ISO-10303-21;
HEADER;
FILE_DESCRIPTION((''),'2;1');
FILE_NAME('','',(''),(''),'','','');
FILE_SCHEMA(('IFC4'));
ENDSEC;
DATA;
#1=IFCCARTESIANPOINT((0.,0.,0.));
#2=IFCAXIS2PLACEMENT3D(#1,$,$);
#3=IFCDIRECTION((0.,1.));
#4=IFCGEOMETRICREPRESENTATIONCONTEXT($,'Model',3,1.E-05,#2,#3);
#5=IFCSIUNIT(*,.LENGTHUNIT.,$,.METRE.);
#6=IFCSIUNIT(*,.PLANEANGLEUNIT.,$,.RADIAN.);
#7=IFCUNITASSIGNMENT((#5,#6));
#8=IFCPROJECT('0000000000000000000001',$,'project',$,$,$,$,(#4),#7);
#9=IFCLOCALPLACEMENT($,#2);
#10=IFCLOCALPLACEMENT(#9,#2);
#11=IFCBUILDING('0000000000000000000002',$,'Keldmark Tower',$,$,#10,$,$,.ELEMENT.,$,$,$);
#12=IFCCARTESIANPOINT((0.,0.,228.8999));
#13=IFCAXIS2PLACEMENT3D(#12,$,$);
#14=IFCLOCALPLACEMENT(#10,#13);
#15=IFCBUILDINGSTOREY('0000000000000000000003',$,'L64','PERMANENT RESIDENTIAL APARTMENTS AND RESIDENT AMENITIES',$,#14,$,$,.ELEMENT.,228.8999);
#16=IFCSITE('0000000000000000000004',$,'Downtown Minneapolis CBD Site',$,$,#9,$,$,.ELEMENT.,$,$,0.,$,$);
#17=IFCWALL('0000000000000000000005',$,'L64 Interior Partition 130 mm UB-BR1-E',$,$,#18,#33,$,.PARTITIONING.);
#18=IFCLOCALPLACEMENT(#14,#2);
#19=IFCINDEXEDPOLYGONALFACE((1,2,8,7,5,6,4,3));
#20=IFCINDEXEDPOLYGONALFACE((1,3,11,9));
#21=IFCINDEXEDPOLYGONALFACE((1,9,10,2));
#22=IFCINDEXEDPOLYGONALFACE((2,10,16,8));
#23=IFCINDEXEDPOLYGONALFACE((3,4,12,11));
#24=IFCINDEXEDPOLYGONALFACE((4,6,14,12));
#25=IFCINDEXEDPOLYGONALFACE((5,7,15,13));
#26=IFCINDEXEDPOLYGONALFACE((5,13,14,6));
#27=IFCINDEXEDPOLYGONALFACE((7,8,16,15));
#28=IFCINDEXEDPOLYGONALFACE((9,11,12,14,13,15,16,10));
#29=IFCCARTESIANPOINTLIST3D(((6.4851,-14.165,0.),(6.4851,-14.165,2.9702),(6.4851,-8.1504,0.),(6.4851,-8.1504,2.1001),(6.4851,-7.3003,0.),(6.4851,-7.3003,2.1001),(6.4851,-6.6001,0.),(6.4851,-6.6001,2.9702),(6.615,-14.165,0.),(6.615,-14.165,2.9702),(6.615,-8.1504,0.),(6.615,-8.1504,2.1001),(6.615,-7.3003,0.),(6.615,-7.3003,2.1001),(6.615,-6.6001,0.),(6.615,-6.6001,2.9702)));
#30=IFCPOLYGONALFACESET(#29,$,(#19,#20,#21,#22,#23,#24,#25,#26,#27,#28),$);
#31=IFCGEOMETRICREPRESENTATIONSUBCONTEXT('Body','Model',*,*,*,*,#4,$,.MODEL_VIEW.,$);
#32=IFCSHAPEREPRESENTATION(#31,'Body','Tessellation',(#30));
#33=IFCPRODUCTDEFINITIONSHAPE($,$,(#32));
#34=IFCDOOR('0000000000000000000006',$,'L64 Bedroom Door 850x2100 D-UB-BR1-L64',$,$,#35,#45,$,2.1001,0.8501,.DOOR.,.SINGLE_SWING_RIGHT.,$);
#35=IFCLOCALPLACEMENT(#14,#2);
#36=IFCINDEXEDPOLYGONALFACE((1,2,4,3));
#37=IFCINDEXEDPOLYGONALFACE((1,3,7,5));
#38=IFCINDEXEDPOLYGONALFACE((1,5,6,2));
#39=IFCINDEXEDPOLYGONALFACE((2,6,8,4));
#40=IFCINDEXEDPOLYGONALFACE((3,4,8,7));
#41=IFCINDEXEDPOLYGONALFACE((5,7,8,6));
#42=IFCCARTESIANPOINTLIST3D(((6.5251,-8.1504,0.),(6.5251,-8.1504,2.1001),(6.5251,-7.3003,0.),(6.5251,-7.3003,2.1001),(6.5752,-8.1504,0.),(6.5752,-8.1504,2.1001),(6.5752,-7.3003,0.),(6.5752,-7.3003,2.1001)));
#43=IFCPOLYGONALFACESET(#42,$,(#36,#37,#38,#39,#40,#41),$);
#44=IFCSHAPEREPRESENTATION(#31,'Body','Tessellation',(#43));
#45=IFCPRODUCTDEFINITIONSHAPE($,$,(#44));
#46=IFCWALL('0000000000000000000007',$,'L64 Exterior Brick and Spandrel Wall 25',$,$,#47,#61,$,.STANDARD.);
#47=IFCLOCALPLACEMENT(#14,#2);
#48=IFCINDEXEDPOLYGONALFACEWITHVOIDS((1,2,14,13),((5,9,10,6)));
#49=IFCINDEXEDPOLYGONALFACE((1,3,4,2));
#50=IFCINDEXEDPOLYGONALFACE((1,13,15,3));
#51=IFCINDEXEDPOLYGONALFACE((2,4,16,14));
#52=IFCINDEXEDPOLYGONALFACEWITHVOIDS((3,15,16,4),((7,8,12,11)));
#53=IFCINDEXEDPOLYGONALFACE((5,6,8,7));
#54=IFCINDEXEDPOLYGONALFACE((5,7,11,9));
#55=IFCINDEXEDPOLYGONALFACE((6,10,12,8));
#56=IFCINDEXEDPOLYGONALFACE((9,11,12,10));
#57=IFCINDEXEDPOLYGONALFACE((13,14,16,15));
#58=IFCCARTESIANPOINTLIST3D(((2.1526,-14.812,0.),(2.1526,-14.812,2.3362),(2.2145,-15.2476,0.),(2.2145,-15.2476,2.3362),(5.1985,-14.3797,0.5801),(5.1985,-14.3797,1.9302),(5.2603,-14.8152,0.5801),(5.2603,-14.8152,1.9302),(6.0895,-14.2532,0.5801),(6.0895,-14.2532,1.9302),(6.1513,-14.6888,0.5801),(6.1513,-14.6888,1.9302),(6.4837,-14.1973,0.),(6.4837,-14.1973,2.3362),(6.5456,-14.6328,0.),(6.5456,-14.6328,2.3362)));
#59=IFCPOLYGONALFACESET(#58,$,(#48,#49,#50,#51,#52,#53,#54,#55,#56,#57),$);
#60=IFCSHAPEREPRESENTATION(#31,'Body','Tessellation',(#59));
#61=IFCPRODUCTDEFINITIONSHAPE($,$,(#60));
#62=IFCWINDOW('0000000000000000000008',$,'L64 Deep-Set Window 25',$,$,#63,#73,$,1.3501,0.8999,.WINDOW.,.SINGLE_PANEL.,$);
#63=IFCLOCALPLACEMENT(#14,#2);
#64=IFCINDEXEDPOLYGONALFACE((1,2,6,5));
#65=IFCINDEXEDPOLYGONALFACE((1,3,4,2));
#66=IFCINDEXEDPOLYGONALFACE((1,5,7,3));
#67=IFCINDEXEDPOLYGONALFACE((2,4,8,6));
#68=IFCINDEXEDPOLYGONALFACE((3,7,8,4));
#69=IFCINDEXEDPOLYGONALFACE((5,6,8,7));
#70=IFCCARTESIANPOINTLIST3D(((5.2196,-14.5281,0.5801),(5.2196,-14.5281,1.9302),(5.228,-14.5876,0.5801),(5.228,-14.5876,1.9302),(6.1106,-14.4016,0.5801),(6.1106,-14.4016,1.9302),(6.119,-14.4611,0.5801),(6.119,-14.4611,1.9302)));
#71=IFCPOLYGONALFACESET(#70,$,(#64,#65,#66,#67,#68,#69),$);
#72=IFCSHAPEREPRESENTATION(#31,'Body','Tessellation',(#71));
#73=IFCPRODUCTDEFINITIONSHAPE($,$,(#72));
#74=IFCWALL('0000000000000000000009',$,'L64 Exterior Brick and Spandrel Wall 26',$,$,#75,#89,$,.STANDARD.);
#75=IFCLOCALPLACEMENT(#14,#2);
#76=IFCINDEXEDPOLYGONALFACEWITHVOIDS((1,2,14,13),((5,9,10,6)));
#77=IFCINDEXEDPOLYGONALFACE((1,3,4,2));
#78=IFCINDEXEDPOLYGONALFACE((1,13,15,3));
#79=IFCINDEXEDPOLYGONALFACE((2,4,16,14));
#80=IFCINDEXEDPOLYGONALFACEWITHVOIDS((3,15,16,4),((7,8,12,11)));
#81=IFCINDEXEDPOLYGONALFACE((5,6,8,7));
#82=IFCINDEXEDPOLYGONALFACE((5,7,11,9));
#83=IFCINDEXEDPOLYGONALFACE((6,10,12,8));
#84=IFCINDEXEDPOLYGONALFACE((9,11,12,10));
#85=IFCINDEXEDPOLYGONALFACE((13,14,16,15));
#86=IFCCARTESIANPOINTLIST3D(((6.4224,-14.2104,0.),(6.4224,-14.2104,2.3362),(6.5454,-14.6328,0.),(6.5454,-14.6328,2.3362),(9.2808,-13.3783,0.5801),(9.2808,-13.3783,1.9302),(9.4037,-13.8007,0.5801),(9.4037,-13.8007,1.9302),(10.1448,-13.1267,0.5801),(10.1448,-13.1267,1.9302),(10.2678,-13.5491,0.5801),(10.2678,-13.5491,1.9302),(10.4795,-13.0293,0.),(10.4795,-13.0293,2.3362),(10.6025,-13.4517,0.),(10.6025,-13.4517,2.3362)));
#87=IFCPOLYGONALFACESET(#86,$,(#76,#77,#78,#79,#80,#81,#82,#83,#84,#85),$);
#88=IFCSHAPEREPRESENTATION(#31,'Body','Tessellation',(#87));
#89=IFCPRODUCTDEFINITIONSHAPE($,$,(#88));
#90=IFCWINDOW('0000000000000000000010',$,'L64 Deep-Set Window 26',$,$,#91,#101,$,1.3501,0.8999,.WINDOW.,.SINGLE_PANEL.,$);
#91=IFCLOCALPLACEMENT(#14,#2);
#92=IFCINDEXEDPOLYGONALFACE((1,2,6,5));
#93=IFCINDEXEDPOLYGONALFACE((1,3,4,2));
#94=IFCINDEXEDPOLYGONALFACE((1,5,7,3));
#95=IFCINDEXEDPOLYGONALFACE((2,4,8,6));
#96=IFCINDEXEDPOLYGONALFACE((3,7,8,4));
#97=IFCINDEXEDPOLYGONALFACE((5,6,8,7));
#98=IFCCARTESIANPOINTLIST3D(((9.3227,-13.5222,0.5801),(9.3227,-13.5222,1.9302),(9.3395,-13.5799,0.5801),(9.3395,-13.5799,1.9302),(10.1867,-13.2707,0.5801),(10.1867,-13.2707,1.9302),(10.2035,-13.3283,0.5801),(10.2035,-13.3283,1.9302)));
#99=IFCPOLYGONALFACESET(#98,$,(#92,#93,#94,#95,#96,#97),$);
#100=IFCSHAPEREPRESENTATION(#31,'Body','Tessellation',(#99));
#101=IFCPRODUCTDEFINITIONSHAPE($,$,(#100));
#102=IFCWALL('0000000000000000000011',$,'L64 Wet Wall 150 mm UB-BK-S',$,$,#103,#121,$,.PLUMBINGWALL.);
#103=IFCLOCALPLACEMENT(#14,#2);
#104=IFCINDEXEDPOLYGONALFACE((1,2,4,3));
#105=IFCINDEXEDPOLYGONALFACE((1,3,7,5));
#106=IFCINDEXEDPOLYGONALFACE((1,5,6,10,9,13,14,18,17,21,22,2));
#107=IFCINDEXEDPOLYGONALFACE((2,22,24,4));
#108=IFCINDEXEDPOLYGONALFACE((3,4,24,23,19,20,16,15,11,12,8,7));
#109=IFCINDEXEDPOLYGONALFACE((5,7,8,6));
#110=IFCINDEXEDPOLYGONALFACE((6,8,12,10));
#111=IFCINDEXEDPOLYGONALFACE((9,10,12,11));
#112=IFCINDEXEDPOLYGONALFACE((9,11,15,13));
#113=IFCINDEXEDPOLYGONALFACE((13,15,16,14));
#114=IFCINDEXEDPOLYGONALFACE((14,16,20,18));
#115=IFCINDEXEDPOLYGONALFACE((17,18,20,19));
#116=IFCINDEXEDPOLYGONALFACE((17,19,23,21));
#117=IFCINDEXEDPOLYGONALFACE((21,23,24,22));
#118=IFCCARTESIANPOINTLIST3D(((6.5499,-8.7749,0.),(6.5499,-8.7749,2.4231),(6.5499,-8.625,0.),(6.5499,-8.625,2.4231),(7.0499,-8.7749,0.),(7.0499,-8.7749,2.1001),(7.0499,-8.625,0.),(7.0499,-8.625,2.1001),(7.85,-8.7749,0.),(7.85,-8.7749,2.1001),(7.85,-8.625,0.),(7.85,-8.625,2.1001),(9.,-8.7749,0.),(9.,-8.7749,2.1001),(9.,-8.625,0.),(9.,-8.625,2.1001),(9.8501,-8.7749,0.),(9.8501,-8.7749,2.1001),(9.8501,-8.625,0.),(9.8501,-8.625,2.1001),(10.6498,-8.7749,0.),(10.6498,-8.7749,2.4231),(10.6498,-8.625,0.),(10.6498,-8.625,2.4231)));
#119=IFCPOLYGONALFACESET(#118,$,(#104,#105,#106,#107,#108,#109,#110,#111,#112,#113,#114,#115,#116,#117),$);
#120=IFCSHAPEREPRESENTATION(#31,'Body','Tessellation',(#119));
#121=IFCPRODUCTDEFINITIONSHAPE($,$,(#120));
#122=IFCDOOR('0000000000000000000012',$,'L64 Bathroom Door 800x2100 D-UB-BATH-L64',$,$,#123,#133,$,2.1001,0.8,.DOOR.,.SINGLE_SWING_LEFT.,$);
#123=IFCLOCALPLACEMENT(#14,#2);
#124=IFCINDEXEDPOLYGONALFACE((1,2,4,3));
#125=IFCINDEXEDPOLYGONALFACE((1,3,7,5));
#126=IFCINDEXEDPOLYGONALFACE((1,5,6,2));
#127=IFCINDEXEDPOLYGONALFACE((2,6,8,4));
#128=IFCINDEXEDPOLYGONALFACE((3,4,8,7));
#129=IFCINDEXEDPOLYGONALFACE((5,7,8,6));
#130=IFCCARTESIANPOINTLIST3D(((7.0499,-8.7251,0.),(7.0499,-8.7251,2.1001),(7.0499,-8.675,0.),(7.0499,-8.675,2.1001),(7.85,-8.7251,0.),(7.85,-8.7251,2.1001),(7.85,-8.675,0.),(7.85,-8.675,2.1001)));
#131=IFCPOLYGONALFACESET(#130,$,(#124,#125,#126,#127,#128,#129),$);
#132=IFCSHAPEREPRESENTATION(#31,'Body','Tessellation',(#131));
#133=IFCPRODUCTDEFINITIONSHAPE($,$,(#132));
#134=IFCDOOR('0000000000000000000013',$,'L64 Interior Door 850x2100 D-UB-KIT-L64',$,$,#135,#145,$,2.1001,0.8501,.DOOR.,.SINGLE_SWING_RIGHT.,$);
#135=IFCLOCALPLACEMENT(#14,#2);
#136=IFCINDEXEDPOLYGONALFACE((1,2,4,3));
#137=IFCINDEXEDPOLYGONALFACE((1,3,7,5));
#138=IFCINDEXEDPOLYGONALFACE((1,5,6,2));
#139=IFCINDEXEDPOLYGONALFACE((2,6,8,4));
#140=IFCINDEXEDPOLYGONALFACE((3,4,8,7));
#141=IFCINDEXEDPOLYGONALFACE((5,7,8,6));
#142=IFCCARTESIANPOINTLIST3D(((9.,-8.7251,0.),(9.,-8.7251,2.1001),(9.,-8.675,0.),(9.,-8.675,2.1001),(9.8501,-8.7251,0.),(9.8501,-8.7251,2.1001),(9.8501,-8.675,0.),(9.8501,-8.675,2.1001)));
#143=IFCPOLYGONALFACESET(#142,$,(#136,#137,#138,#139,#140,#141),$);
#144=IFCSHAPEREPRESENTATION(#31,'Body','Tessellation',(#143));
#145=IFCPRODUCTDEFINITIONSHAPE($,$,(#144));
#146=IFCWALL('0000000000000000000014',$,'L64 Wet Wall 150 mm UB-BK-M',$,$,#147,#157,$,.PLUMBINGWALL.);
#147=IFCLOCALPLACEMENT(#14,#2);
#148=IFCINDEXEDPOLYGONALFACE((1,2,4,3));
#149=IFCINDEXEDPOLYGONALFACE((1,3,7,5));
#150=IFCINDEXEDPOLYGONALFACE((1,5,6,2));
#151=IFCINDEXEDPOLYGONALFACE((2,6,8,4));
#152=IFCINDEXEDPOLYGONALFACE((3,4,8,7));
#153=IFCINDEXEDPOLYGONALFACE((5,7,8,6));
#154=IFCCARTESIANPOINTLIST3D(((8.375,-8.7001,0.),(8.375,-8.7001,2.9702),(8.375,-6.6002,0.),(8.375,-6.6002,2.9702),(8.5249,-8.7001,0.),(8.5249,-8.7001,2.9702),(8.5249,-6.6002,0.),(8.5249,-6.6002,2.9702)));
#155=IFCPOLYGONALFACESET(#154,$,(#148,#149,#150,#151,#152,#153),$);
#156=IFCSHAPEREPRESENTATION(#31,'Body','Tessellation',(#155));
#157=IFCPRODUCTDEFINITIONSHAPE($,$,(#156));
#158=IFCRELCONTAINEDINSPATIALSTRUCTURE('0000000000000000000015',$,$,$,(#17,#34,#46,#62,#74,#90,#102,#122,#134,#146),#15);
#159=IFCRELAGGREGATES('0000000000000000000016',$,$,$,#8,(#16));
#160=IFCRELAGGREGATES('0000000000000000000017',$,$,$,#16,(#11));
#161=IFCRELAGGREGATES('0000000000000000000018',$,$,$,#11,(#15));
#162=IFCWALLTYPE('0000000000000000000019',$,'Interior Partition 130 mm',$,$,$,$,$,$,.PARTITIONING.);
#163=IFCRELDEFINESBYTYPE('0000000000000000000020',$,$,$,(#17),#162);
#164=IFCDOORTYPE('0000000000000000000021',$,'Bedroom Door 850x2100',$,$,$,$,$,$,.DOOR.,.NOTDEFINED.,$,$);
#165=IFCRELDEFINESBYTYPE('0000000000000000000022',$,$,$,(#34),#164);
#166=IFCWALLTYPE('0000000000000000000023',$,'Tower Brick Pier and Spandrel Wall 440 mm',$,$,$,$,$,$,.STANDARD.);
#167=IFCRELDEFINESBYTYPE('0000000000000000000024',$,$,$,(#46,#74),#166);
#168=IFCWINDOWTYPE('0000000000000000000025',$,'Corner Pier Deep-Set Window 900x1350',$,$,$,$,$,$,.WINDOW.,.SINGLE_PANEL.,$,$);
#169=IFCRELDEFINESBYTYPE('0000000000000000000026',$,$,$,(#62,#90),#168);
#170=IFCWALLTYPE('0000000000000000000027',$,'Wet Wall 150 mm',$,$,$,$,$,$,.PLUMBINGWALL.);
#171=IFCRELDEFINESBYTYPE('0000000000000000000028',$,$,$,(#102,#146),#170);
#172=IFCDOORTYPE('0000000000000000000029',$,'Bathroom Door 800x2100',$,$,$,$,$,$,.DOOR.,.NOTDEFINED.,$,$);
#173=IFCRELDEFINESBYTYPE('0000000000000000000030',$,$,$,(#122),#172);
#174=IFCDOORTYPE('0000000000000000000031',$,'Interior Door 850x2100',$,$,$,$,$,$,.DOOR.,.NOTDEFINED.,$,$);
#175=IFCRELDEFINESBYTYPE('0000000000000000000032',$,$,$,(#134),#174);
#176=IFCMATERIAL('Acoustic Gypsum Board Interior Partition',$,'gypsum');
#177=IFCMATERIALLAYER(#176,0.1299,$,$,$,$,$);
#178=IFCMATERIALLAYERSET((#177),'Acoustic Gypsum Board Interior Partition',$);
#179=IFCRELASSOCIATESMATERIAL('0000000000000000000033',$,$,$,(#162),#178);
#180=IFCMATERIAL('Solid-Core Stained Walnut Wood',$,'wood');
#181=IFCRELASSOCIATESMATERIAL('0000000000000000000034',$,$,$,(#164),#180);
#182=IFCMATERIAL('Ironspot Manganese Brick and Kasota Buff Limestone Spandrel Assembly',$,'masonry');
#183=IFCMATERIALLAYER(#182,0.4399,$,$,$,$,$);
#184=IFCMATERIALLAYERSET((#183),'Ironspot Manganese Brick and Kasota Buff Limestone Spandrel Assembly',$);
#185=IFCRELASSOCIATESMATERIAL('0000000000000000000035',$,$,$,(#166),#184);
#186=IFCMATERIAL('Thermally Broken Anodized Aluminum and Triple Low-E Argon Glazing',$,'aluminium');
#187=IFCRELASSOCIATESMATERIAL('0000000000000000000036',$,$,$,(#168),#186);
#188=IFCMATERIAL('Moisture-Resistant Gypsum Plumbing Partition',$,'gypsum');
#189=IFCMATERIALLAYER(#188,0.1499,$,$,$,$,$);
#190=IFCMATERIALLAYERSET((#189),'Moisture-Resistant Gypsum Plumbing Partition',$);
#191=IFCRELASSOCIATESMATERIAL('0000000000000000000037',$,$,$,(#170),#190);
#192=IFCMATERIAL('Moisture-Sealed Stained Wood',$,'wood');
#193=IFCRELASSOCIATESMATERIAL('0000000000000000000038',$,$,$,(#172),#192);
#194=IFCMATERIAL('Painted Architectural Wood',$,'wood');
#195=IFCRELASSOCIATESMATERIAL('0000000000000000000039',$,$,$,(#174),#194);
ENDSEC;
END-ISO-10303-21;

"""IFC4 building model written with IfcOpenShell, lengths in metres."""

from ifc_helpers import new_model, si_unit, direction, frame, frame_2d, origin, place, context, subcontext, project, spatial, rectangle, extrude, material, layer, layer_set, type_object, element, fill, save


model = new_model("IFC4")

# Units and contexts
model_context = context("Model", 3, precision=1e-05, world=origin(), true_north=direction((0.0, 1.0)))
body_context = subcontext(model_context, "Body", "Model", "MODEL_VIEW")
ifc_project = project(units=[si_unit("LENGTHUNIT", "METRE"), si_unit("PLANEANGLEUNIT", "RADIAN")], contexts=[model_context])

# Site, building, storey
site_placement = place(None, origin())
site = spatial("IfcSite", under=ifc_project, at=site_placement, Name="Downtown Minneapolis CBD Site", CompositionType="ELEMENT", RefElevation=0.0)
building_placement = place(site_placement, origin())
building = spatial("IfcBuilding", under=site, at=building_placement, Name="Keldmark Tower", CompositionType="ELEMENT")
storey_placement = place(building_placement, frame((0.0, 0.0, 228.8999)))
storey = spatial("IfcBuildingStorey", under=building, at=storey_placement, Name="L64", Description="PERMANENT RESIDENTIAL APARTMENTS AND RESIDENT AMENITIES", CompositionType="ELEMENT", Elevation=228.8999)

# Wall, opening, door
ifc_material_1 = material(Name="Acoustic Gypsum Board Interior Partition", Category="gypsum")
ifc_layer_1 = layer(ifc_material_1, 0.1299)
ifc_layer_set_1 = layer_set([ifc_layer_1], Name="Acoustic Gypsum Board Interior Partition")
wall_type_1 = type_object("IfcWallType", Name="Interior Partition 130 mm", PredefinedType="PARTITIONING", material=ifc_layer_set_1)
wall_1_placement = place(storey_placement, frame((6.55, -14.165, 0.0), z_axis=(0.0, 0.0, 1.0), x_axis=(0.0, 1.0, 0.0)))
wall_1 = element("IfcWall", 1, at=wall_1_placement, inside=storey, type_object=wall_type_1, Name="L64 Interior Partition 130 mm UB-BR1-E", PredefinedType="PARTITIONING", context=body_context, shape_type="SweptSolid", body=[
    extrude(rectangle(XDim=7.5649, YDim=0.1299, at=frame_2d((3.7825, 0.0))), origin(), (0.0, 0.0, 1.0), 2.9702),
])
opening_1_placement = place(wall_1_placement, frame((6.0146, 0.0, 0.0)))
opening_1 = element("IfcOpeningElement", 2, at=opening_1_placement, cuts=wall_1, PredefinedType="OPENING", context=body_context, shape_type="SweptSolid", body=[
    extrude(rectangle(XDim=0.8501, YDim=2.1001, at=frame_2d((0.425, 1.05))), frame((0.0, 0.075, 0.0), z_axis=(0.0, -1.0, 0.0), x_axis=(1.0, 0.0, 0.0)), (0.0, 0.0, 1.0), 0.1499),
])
ifc_material_2 = material(Name="Solid-Core Stained Walnut Wood", Category="wood")
door_type_1 = type_object("IfcDoorType", Name="Bedroom Door 850x2100", OperationType="NOTDEFINED", PredefinedType="DOOR", material=ifc_material_2)
door_1_placement = place(opening_1_placement, origin())
door_1 = element("IfcDoor", 3, at=door_1_placement, inside=storey, type_object=door_type_1, Name="L64 Bedroom Door 850x2100 D-UB-BR1-L64", OperationType="SINGLE_SWING_RIGHT", OverallHeight=2.1001, OverallWidth=0.8501, PredefinedType="DOOR", context=body_context, shape_type="SweptSolid", body=[
    extrude(rectangle(XDim=0.8501, YDim=2.1001, at=frame_2d((0.425, 1.05))), frame((0.0, 0.0249, 0.0), z_axis=(0.0, -1.0, 0.0), x_axis=(1.0, 0.0, 0.0)), (0.0, 0.0, 1.0), 0.05),
])
fill(opening_1, door_1)

# Walls, openings, windows
ifc_material_3 = material(Name="Ironspot Manganese Brick and Kasota Buff Limestone Spandrel Assembly", Category="masonry")
ifc_layer_2 = layer(ifc_material_3, 0.4399)
ifc_layer_set_2 = layer_set([ifc_layer_2], Name="Ironspot Manganese Brick and Kasota Buff Limestone Spandrel Assembly")
wall_type_2 = type_object("IfcWallType", Name="Tower Brick Pier and Spandrel Wall 440 mm", PredefinedType="STANDARD", material=ifc_layer_set_2)
wall_2_placement = place(storey_placement, frame((6.5146, -14.415, 0.0), z_axis=(0.0, 0.0, 1.0), x_axis=(-0.990076, -0.140531, 0.0)))
wall_2 = element("IfcWall", 4, at=wall_2_placement, inside=storey, type_object=wall_type_2, Name="L64 Exterior Brick and Spandrel Wall 25", PredefinedType="STANDARD", context=body_context, shape_type="SweptSolid", body=[
    extrude(rectangle(XDim=4.3745, YDim=0.4399, at=frame_2d((2.1873, 0.0))), origin(), (0.0, 0.0, 1.0), 2.3362),
])
opening_2_placement = place(wall_2_placement, frame((0.3982, 0.0, 0.5801)))
opening_2 = element("IfcOpeningElement", 5, at=opening_2_placement, cuts=wall_2, PredefinedType="OPENING", context=body_context, shape_type="SweptSolid", body=[
    extrude(rectangle(XDim=0.8999, YDim=1.3501, at=frame_2d((0.45, 0.675))), frame((0.0, 0.23, 0.0), z_axis=(0.0, -1.0, 0.0), x_axis=(1.0, 0.0, 0.0)), (0.0, 0.0, 1.0), 0.46),
])
ifc_material_4 = material(Name="Thermally Broken Anodized Aluminum and Triple Low-E Argon Glazing", Category="aluminium")
window_type = type_object("IfcWindowType", Name="Corner Pier Deep-Set Window 900x1350", PartitioningType="SINGLE_PANEL", PredefinedType="WINDOW", material=ifc_material_4)
window_1_placement = place(opening_2_placement, origin())
window_1 = element("IfcWindow", 6, at=window_1_placement, inside=storey, type_object=window_type, Name="L64 Deep-Set Window 25", OverallHeight=1.3501, OverallWidth=0.8999, PartitioningType="SINGLE_PANEL", PredefinedType="WINDOW", context=body_context, shape_type="SweptSolid", body=[
    extrude(rectangle(XDim=0.8999, YDim=1.3501, at=frame_2d((0.45, 0.675))), frame((0.0, -0.01, 0.0), z_axis=(0.0, -1.0, 0.0), x_axis=(1.0, 0.0, 0.0)), (0.0, 0.0, 1.0), 0.0601),
])
fill(opening_2, window_1)
wall_3_placement = place(storey_placement, frame((10.541, -13.2405, 0.0), z_axis=(0.0, 0.0, 1.0), x_axis=(-0.960138, -0.279525, 0.0)))
wall_3 = element("IfcWall", 7, at=wall_3_placement, inside=storey, type_object=wall_type_2, Name="L64 Exterior Brick and Spandrel Wall 26", PredefinedType="STANDARD", context=body_context, shape_type="SweptSolid", body=[
    extrude(rectangle(XDim=4.2256, YDim=0.4399, at=frame_2d((2.1128, 0.0))), origin(), (0.0, 0.0, 1.0), 2.3362),
])
opening_3_placement = place(wall_3_placement, frame((0.3486, 0.0, 0.5801)))
opening_3 = element("IfcOpeningElement", 8, at=opening_3_placement, cuts=wall_3, PredefinedType="OPENING", context=body_context, shape_type="SweptSolid", body=[
    extrude(rectangle(XDim=0.8999, YDim=1.3501, at=frame_2d((0.45, 0.675))), frame((0.0, 0.23, 0.0), z_axis=(0.0, -1.0, 0.0), x_axis=(1.0, 0.0, 0.0)), (0.0, 0.0, 1.0), 0.46),
])
window_2_placement = place(opening_3_placement, origin())
window_2 = element("IfcWindow", 9, at=window_2_placement, inside=storey, type_object=window_type, Name="L64 Deep-Set Window 26", OverallHeight=1.3501, OverallWidth=0.8999, PartitioningType="SINGLE_PANEL", PredefinedType="WINDOW", context=body_context, shape_type="SweptSolid", body=[
    extrude(rectangle(XDim=0.8999, YDim=1.3501, at=frame_2d((0.45, 0.675))), frame((0.0, -0.01, 0.0), z_axis=(0.0, -1.0, 0.0), x_axis=(1.0, 0.0, 0.0)), (0.0, 0.0, 1.0), 0.0601),
])
fill(opening_3, window_2)

# Wall, openings, doors
ifc_material_5 = material(Name="Moisture-Resistant Gypsum Plumbing Partition", Category="gypsum")
ifc_layer_3 = layer(ifc_material_5, 0.1499)
ifc_layer_set_3 = layer_set([ifc_layer_3], Name="Moisture-Resistant Gypsum Plumbing Partition")
wall_type_3 = type_object("IfcWallType", Name="Wet Wall 150 mm", PredefinedType="PLUMBINGWALL", material=ifc_layer_set_3)
wall_4_placement = place(storey_placement, frame((6.55, -8.7, 0.0), z_axis=(0.0, 0.0, 1.0), x_axis=(1.0, 0.0, 0.0)))
wall_4 = element("IfcWall", 10, at=wall_4_placement, inside=storey, type_object=wall_type_3, Name="L64 Wet Wall 150 mm UB-BK-S", PredefinedType="PLUMBINGWALL", context=body_context, shape_type="SweptSolid", body=[
    extrude(rectangle(XDim=4.0999, YDim=0.1499, at=frame_2d((2.0498, 0.0))), origin(), (0.0, 0.0, 1.0), 2.4231),
])
opening_4_placement = place(wall_4_placement, frame((0.5, 0.0, 0.0)))
opening_4 = element("IfcOpeningElement", 11, at=opening_4_placement, cuts=wall_4, PredefinedType="OPENING", context=body_context, shape_type="SweptSolid", body=[
    extrude(rectangle(XDim=0.8, YDim=2.1001, at=frame_2d((0.3999, 1.05))), frame((0.0, 0.085, 0.0), z_axis=(0.0, -1.0, 0.0), x_axis=(1.0, 0.0, 0.0)), (0.0, 0.0, 1.0), 0.1699),
])
opening_5_placement = place(wall_4_placement, frame((2.45, 0.0, 0.0)))
opening_5 = element("IfcOpeningElement", 12, at=opening_5_placement, cuts=wall_4, PredefinedType="OPENING", context=body_context, shape_type="SweptSolid", body=[
    extrude(rectangle(XDim=0.8501, YDim=2.1001, at=frame_2d((0.425, 1.05))), frame((0.0, 0.085, 0.0), z_axis=(0.0, -1.0, 0.0), x_axis=(1.0, 0.0, 0.0)), (0.0, 0.0, 1.0), 0.1699),
])
ifc_material_6 = material(Name="Moisture-Sealed Stained Wood", Category="wood")
door_type_2 = type_object("IfcDoorType", Name="Bathroom Door 800x2100", OperationType="NOTDEFINED", PredefinedType="DOOR", material=ifc_material_6)
door_2_placement = place(opening_4_placement, origin())
door_2 = element("IfcDoor", 13, at=door_2_placement, inside=storey, type_object=door_type_2, Name="L64 Bathroom Door 800x2100 D-UB-BATH-L64", OperationType="SINGLE_SWING_LEFT", OverallHeight=2.1001, OverallWidth=0.8, PredefinedType="DOOR", context=body_context, shape_type="SweptSolid", body=[
    extrude(rectangle(XDim=0.8, YDim=2.1001, at=frame_2d((0.3999, 1.05))), frame((0.0, 0.0249, 0.0), z_axis=(0.0, -1.0, 0.0), x_axis=(1.0, 0.0, 0.0)), (0.0, 0.0, 1.0), 0.05),
])
fill(opening_4, door_2)
ifc_material_7 = material(Name="Painted Architectural Wood", Category="wood")
door_type_3 = type_object("IfcDoorType", Name="Interior Door 850x2100", OperationType="NOTDEFINED", PredefinedType="DOOR", material=ifc_material_7)
door_3_placement = place(opening_5_placement, origin())
door_3 = element("IfcDoor", 14, at=door_3_placement, inside=storey, type_object=door_type_3, Name="L64 Interior Door 850x2100 D-UB-KIT-L64", OperationType="SINGLE_SWING_RIGHT", OverallHeight=2.1001, OverallWidth=0.8501, PredefinedType="DOOR", context=body_context, shape_type="SweptSolid", body=[
    extrude(rectangle(XDim=0.8501, YDim=2.1001, at=frame_2d((0.425, 1.05))), frame((0.0, 0.0249, 0.0), z_axis=(0.0, -1.0, 0.0), x_axis=(1.0, 0.0, 0.0)), (0.0, 0.0, 1.0), 0.05),
])
fill(opening_5, door_3)

# Wall
wall_5_placement = place(storey_placement, frame((8.45, -8.7, 0.0), z_axis=(0.0, 0.0, 1.0), x_axis=(0.0, 1.0, 0.0)))
element("IfcWall", 15, at=wall_5_placement, inside=storey, type_object=wall_type_3, Name="L64 Wet Wall 150 mm UB-BK-M", PredefinedType="PLUMBINGWALL", context=body_context, shape_type="SweptSolid", body=[
    extrude(rectangle(XDim=2.0999, YDim=0.1499, at=frame_2d((1.0498, 0.0))), origin(), (0.0, 0.0, 1.0), 2.9702),
])

save(model, "model.ifc")
